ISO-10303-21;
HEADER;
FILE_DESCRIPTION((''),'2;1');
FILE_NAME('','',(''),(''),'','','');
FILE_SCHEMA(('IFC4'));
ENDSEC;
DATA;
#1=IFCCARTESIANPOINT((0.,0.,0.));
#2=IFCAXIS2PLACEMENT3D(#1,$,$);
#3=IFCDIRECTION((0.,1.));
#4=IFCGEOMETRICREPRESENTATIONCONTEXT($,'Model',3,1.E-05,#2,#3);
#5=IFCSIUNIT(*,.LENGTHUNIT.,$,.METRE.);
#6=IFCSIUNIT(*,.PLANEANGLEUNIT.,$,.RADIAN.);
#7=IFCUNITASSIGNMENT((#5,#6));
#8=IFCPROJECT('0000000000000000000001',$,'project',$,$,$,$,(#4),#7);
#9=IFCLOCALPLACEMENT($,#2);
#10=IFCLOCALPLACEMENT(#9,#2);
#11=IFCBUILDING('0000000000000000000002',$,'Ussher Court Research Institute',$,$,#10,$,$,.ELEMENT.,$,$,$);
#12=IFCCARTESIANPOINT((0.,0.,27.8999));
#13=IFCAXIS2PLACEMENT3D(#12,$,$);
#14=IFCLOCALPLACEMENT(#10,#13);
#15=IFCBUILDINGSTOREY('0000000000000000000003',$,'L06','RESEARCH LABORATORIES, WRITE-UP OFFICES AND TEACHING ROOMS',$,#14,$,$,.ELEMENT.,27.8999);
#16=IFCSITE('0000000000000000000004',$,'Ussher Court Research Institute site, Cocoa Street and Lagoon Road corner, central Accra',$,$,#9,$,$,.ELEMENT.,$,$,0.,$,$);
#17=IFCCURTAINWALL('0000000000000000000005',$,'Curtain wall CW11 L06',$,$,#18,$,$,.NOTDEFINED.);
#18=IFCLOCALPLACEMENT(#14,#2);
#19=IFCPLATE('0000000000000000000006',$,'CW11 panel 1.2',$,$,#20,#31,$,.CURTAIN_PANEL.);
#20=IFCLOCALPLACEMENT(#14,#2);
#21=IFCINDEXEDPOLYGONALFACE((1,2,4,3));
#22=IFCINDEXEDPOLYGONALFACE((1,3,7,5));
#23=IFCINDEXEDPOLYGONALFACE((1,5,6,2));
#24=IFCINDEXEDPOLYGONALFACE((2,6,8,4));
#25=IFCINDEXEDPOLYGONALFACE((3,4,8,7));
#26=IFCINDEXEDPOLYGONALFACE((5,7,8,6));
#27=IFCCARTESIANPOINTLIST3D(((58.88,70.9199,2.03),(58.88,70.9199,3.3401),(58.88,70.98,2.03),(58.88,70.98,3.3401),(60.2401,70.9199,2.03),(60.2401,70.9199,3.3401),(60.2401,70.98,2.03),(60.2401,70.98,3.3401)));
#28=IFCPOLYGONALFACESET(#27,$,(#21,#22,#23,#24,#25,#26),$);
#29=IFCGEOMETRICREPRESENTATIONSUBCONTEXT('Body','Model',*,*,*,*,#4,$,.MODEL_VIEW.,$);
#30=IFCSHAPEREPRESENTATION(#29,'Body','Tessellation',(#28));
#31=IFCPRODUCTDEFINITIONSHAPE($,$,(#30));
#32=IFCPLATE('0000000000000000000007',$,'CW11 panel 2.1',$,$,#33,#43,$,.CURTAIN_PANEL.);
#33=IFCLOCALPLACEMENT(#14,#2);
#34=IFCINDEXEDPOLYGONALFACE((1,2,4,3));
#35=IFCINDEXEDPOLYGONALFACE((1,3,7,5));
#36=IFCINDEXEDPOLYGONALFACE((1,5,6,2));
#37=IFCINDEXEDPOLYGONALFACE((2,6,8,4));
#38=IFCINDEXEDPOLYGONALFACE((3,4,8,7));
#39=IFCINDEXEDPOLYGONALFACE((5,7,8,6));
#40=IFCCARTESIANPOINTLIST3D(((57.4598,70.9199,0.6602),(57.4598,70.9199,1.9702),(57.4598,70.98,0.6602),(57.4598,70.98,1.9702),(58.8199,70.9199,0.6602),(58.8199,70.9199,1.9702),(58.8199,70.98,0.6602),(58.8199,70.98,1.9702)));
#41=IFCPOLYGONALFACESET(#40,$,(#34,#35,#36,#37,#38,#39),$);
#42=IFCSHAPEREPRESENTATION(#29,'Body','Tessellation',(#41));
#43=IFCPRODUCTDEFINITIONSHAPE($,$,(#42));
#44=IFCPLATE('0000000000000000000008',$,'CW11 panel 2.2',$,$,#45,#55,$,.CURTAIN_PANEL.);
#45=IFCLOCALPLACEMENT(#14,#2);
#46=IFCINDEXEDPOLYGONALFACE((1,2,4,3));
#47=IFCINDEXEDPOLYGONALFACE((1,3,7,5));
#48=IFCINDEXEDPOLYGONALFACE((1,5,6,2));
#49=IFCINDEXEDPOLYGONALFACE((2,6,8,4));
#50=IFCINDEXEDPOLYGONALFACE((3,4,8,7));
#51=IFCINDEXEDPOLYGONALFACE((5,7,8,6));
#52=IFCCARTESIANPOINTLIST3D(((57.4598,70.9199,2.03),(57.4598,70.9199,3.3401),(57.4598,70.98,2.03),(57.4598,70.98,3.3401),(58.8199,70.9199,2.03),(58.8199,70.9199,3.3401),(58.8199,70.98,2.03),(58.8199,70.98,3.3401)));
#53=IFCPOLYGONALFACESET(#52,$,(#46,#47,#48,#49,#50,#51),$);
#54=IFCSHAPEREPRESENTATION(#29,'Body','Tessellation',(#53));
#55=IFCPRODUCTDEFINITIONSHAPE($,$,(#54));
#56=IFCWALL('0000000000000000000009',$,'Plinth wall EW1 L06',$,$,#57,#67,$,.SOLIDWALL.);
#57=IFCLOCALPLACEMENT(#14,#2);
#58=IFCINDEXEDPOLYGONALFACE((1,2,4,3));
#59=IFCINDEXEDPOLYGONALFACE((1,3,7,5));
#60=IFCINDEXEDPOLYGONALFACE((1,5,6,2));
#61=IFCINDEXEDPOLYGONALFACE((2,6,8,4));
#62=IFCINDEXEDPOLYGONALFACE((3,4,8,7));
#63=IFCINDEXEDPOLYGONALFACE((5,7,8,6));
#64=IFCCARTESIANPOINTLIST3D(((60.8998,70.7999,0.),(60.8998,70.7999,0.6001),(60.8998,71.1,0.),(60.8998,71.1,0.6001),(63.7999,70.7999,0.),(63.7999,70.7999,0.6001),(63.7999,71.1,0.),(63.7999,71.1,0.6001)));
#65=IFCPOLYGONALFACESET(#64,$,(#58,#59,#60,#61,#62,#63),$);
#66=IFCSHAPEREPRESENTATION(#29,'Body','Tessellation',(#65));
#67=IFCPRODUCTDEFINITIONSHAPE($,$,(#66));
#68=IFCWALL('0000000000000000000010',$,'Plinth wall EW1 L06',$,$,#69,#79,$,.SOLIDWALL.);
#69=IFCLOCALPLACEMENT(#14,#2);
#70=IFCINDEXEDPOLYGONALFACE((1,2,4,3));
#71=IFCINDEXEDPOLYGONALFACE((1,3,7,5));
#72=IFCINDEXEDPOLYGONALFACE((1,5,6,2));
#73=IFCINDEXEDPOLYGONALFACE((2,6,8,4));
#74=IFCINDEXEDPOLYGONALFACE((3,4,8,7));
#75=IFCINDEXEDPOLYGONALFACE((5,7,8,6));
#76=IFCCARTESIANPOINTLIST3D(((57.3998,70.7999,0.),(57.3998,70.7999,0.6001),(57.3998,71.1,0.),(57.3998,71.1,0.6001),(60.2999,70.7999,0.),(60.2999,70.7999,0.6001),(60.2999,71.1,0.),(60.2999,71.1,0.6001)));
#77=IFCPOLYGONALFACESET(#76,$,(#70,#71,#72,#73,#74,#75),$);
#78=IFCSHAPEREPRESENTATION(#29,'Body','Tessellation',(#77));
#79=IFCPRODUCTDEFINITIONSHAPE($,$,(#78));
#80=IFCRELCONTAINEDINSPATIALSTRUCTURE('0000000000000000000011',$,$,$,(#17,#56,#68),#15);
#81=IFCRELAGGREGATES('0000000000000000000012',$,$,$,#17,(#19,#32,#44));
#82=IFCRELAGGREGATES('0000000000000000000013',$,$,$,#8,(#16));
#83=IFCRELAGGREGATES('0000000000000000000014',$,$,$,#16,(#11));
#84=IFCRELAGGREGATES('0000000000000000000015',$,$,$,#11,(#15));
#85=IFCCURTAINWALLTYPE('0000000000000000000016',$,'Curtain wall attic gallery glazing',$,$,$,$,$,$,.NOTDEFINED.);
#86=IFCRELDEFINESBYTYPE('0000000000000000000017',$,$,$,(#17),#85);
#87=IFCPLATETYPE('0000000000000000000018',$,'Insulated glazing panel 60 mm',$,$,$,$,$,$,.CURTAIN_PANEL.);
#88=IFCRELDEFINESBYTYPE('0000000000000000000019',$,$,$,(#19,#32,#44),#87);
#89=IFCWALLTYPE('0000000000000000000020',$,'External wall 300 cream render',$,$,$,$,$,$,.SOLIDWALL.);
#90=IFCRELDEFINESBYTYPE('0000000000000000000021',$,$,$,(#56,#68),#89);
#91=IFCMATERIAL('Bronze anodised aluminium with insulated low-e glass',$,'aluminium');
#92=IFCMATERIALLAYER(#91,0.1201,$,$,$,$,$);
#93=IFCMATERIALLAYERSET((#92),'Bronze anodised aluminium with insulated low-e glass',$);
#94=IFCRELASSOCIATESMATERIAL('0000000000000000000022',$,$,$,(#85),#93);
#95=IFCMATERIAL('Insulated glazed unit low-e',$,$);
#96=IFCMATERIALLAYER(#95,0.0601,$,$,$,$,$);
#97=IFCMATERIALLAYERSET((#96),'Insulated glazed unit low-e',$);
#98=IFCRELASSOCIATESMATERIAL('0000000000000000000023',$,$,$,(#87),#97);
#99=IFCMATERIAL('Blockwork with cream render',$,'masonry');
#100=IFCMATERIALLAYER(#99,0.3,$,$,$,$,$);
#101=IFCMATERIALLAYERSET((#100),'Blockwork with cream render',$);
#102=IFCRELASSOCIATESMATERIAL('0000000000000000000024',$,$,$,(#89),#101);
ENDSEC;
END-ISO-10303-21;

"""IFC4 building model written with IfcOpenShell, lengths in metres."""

from ifc_helpers import new_model, si_unit, direction, frame, frame_2d, origin, origin_2d, place, context, subcontext, project, spatial, rectangle, extrude, material, layer, layer_set, type_object, element, aggregate, save


model = new_model("IFC4")

# Units and contexts
model_context = context("Model", 3, precision=1e-05, world=origin(), true_north=direction((0.0, 1.0)))
body_context = subcontext(model_context, "Body", "Model", "MODEL_VIEW")
ifc_project = project(units=[si_unit("LENGTHUNIT", "METRE"), si_unit("PLANEANGLEUNIT", "RADIAN")], contexts=[model_context])

# Site, building, storey
site_placement = place(None, origin())
site = spatial("IfcSite", under=ifc_project, at=site_placement, Name="Ussher Court Research Institute site, Cocoa Street and Lagoon Road corner, central Accra", CompositionType="ELEMENT", RefElevation=0.0)
building_placement = place(site_placement, origin())
building = spatial("IfcBuilding", under=site, at=building_placement, Name="Ussher Court Research Institute", CompositionType="ELEMENT")
storey_placement = place(building_placement, frame((0.0, 0.0, 27.8999)))
storey = spatial("IfcBuildingStorey", under=building, at=storey_placement, Name="L06", Description="RESEARCH LABORATORIES, WRITE-UP OFFICES AND TEACHING ROOMS", CompositionType="ELEMENT", Elevation=27.8999)

# Shared definitions
ifc_material_1 = material(Name="Bronze anodised aluminium with insulated low-e glass", Category="aluminium")
ifc_layer_1 = layer(ifc_material_1, 0.1201)
ifc_layer_set_1 = layer_set([ifc_layer_1], Name="Bronze anodised aluminium with insulated low-e glass")
curtain_wall_type = type_object("IfcCurtainWallType", Name="Curtain wall attic gallery glazing", PredefinedType="NOTDEFINED", material=ifc_layer_set_1)

# Curtain wall
curtain_wall_1_placement = place(storey_placement, origin())
curtain_wall_1 = element("IfcCurtainWall", 1, at=curtain_wall_1_placement, inside=storey, type_object=curtain_wall_type, Name="Curtain wall CW11 L06", PredefinedType="NOTDEFINED")

# Plates
ifc_material_2 = material(Name="Insulated glazed unit low-e")
ifc_layer_2 = layer(ifc_material_2, 0.0601)
ifc_layer_set_2 = layer_set([ifc_layer_2], Name="Insulated glazed unit low-e")
plate_type = type_object("IfcPlateType", Name="Insulated glazing panel 60 mm", PredefinedType="CURTAIN_PANEL", material=ifc_layer_set_2)
plate_1_placement = place(storey_placement, frame((59.5601, 70.95, 2.03), z_axis=(0.0, 0.0, 1.0), x_axis=(-1.0, 0.0, 0.0)))
plate_1 = element("IfcPlate", 2, at=plate_1_placement, type_object=plate_type, Name="CW11 panel 1.2", PredefinedType="CURTAIN_PANEL", context=body_context, shape_type="SweptSolid", body=[
    extrude(rectangle(XDim=1.3601, YDim=0.0601, at=origin_2d()), origin(), (0.0, 0.0, 1.0), 1.3101),
])
plate_2_placement = place(storey_placement, frame((58.1399, 70.95, 0.6602), z_axis=(0.0, 0.0, 1.0), x_axis=(-1.0, 0.0, 0.0)))
plate_2 = element("IfcPlate", 3, at=plate_2_placement, type_object=plate_type, Name="CW11 panel 2.1", PredefinedType="CURTAIN_PANEL", context=body_context, shape_type="SweptSolid", body=[
    extrude(rectangle(XDim=1.3601, YDim=0.0601, at=origin_2d()), origin(), (0.0, 0.0, 1.0), 1.3101),
])
plate_3_placement = place(storey_placement, frame((58.1399, 70.95, 2.03), z_axis=(0.0, 0.0, 1.0), x_axis=(-1.0, 0.0, 0.0)))
plate_3 = element("IfcPlate", 4, at=plate_3_placement, type_object=plate_type, Name="CW11 panel 2.2", PredefinedType="CURTAIN_PANEL", context=body_context, shape_type="SweptSolid", body=[
    extrude(rectangle(XDim=1.3601, YDim=0.0601, at=origin_2d()), origin(), (0.0, 0.0, 1.0), 1.3101),
])
aggregate(curtain_wall_1, [plate_1, plate_2, plate_3])

# Walls
ifc_material_3 = material(Name="Blockwork with cream render", Category="masonry")
ifc_layer_3 = layer(ifc_material_3, 0.3)
ifc_layer_set_3 = layer_set([ifc_layer_3], Name="Blockwork with cream render")
wall_type = type_object("IfcWallType", Name="External wall 300 cream render", PredefinedType="SOLIDWALL", material=ifc_layer_set_3)
for number, where, z_axis, x_axis, name in (
    (5, (63.8, 70.95, 0.0), (0.0, 0.0, 1.0), (-1.0, 0.0, 0.0), "Plinth wall EW1 L06"),
    (6, (60.3, 70.95, 0.0), (0.0, 0.0, 1.0), (-1.0, 0.0, 0.0), "Plinth wall EW1 L06"),
):
    element("IfcWall", number, at=place(storey_placement, frame(where, z_axis=z_axis, x_axis=x_axis)), inside=storey, type_object=wall_type, Name=name, PredefinedType="SOLIDWALL", context=body_context, shape_type="SweptSolid", body=[
        extrude(rectangle(XDim=2.9001, YDim=0.3, at=frame_2d((1.4502, 0.0))), origin(), (0.0, 0.0, 1.0), 0.6001),
    ])

save(model, "model.ifc")
